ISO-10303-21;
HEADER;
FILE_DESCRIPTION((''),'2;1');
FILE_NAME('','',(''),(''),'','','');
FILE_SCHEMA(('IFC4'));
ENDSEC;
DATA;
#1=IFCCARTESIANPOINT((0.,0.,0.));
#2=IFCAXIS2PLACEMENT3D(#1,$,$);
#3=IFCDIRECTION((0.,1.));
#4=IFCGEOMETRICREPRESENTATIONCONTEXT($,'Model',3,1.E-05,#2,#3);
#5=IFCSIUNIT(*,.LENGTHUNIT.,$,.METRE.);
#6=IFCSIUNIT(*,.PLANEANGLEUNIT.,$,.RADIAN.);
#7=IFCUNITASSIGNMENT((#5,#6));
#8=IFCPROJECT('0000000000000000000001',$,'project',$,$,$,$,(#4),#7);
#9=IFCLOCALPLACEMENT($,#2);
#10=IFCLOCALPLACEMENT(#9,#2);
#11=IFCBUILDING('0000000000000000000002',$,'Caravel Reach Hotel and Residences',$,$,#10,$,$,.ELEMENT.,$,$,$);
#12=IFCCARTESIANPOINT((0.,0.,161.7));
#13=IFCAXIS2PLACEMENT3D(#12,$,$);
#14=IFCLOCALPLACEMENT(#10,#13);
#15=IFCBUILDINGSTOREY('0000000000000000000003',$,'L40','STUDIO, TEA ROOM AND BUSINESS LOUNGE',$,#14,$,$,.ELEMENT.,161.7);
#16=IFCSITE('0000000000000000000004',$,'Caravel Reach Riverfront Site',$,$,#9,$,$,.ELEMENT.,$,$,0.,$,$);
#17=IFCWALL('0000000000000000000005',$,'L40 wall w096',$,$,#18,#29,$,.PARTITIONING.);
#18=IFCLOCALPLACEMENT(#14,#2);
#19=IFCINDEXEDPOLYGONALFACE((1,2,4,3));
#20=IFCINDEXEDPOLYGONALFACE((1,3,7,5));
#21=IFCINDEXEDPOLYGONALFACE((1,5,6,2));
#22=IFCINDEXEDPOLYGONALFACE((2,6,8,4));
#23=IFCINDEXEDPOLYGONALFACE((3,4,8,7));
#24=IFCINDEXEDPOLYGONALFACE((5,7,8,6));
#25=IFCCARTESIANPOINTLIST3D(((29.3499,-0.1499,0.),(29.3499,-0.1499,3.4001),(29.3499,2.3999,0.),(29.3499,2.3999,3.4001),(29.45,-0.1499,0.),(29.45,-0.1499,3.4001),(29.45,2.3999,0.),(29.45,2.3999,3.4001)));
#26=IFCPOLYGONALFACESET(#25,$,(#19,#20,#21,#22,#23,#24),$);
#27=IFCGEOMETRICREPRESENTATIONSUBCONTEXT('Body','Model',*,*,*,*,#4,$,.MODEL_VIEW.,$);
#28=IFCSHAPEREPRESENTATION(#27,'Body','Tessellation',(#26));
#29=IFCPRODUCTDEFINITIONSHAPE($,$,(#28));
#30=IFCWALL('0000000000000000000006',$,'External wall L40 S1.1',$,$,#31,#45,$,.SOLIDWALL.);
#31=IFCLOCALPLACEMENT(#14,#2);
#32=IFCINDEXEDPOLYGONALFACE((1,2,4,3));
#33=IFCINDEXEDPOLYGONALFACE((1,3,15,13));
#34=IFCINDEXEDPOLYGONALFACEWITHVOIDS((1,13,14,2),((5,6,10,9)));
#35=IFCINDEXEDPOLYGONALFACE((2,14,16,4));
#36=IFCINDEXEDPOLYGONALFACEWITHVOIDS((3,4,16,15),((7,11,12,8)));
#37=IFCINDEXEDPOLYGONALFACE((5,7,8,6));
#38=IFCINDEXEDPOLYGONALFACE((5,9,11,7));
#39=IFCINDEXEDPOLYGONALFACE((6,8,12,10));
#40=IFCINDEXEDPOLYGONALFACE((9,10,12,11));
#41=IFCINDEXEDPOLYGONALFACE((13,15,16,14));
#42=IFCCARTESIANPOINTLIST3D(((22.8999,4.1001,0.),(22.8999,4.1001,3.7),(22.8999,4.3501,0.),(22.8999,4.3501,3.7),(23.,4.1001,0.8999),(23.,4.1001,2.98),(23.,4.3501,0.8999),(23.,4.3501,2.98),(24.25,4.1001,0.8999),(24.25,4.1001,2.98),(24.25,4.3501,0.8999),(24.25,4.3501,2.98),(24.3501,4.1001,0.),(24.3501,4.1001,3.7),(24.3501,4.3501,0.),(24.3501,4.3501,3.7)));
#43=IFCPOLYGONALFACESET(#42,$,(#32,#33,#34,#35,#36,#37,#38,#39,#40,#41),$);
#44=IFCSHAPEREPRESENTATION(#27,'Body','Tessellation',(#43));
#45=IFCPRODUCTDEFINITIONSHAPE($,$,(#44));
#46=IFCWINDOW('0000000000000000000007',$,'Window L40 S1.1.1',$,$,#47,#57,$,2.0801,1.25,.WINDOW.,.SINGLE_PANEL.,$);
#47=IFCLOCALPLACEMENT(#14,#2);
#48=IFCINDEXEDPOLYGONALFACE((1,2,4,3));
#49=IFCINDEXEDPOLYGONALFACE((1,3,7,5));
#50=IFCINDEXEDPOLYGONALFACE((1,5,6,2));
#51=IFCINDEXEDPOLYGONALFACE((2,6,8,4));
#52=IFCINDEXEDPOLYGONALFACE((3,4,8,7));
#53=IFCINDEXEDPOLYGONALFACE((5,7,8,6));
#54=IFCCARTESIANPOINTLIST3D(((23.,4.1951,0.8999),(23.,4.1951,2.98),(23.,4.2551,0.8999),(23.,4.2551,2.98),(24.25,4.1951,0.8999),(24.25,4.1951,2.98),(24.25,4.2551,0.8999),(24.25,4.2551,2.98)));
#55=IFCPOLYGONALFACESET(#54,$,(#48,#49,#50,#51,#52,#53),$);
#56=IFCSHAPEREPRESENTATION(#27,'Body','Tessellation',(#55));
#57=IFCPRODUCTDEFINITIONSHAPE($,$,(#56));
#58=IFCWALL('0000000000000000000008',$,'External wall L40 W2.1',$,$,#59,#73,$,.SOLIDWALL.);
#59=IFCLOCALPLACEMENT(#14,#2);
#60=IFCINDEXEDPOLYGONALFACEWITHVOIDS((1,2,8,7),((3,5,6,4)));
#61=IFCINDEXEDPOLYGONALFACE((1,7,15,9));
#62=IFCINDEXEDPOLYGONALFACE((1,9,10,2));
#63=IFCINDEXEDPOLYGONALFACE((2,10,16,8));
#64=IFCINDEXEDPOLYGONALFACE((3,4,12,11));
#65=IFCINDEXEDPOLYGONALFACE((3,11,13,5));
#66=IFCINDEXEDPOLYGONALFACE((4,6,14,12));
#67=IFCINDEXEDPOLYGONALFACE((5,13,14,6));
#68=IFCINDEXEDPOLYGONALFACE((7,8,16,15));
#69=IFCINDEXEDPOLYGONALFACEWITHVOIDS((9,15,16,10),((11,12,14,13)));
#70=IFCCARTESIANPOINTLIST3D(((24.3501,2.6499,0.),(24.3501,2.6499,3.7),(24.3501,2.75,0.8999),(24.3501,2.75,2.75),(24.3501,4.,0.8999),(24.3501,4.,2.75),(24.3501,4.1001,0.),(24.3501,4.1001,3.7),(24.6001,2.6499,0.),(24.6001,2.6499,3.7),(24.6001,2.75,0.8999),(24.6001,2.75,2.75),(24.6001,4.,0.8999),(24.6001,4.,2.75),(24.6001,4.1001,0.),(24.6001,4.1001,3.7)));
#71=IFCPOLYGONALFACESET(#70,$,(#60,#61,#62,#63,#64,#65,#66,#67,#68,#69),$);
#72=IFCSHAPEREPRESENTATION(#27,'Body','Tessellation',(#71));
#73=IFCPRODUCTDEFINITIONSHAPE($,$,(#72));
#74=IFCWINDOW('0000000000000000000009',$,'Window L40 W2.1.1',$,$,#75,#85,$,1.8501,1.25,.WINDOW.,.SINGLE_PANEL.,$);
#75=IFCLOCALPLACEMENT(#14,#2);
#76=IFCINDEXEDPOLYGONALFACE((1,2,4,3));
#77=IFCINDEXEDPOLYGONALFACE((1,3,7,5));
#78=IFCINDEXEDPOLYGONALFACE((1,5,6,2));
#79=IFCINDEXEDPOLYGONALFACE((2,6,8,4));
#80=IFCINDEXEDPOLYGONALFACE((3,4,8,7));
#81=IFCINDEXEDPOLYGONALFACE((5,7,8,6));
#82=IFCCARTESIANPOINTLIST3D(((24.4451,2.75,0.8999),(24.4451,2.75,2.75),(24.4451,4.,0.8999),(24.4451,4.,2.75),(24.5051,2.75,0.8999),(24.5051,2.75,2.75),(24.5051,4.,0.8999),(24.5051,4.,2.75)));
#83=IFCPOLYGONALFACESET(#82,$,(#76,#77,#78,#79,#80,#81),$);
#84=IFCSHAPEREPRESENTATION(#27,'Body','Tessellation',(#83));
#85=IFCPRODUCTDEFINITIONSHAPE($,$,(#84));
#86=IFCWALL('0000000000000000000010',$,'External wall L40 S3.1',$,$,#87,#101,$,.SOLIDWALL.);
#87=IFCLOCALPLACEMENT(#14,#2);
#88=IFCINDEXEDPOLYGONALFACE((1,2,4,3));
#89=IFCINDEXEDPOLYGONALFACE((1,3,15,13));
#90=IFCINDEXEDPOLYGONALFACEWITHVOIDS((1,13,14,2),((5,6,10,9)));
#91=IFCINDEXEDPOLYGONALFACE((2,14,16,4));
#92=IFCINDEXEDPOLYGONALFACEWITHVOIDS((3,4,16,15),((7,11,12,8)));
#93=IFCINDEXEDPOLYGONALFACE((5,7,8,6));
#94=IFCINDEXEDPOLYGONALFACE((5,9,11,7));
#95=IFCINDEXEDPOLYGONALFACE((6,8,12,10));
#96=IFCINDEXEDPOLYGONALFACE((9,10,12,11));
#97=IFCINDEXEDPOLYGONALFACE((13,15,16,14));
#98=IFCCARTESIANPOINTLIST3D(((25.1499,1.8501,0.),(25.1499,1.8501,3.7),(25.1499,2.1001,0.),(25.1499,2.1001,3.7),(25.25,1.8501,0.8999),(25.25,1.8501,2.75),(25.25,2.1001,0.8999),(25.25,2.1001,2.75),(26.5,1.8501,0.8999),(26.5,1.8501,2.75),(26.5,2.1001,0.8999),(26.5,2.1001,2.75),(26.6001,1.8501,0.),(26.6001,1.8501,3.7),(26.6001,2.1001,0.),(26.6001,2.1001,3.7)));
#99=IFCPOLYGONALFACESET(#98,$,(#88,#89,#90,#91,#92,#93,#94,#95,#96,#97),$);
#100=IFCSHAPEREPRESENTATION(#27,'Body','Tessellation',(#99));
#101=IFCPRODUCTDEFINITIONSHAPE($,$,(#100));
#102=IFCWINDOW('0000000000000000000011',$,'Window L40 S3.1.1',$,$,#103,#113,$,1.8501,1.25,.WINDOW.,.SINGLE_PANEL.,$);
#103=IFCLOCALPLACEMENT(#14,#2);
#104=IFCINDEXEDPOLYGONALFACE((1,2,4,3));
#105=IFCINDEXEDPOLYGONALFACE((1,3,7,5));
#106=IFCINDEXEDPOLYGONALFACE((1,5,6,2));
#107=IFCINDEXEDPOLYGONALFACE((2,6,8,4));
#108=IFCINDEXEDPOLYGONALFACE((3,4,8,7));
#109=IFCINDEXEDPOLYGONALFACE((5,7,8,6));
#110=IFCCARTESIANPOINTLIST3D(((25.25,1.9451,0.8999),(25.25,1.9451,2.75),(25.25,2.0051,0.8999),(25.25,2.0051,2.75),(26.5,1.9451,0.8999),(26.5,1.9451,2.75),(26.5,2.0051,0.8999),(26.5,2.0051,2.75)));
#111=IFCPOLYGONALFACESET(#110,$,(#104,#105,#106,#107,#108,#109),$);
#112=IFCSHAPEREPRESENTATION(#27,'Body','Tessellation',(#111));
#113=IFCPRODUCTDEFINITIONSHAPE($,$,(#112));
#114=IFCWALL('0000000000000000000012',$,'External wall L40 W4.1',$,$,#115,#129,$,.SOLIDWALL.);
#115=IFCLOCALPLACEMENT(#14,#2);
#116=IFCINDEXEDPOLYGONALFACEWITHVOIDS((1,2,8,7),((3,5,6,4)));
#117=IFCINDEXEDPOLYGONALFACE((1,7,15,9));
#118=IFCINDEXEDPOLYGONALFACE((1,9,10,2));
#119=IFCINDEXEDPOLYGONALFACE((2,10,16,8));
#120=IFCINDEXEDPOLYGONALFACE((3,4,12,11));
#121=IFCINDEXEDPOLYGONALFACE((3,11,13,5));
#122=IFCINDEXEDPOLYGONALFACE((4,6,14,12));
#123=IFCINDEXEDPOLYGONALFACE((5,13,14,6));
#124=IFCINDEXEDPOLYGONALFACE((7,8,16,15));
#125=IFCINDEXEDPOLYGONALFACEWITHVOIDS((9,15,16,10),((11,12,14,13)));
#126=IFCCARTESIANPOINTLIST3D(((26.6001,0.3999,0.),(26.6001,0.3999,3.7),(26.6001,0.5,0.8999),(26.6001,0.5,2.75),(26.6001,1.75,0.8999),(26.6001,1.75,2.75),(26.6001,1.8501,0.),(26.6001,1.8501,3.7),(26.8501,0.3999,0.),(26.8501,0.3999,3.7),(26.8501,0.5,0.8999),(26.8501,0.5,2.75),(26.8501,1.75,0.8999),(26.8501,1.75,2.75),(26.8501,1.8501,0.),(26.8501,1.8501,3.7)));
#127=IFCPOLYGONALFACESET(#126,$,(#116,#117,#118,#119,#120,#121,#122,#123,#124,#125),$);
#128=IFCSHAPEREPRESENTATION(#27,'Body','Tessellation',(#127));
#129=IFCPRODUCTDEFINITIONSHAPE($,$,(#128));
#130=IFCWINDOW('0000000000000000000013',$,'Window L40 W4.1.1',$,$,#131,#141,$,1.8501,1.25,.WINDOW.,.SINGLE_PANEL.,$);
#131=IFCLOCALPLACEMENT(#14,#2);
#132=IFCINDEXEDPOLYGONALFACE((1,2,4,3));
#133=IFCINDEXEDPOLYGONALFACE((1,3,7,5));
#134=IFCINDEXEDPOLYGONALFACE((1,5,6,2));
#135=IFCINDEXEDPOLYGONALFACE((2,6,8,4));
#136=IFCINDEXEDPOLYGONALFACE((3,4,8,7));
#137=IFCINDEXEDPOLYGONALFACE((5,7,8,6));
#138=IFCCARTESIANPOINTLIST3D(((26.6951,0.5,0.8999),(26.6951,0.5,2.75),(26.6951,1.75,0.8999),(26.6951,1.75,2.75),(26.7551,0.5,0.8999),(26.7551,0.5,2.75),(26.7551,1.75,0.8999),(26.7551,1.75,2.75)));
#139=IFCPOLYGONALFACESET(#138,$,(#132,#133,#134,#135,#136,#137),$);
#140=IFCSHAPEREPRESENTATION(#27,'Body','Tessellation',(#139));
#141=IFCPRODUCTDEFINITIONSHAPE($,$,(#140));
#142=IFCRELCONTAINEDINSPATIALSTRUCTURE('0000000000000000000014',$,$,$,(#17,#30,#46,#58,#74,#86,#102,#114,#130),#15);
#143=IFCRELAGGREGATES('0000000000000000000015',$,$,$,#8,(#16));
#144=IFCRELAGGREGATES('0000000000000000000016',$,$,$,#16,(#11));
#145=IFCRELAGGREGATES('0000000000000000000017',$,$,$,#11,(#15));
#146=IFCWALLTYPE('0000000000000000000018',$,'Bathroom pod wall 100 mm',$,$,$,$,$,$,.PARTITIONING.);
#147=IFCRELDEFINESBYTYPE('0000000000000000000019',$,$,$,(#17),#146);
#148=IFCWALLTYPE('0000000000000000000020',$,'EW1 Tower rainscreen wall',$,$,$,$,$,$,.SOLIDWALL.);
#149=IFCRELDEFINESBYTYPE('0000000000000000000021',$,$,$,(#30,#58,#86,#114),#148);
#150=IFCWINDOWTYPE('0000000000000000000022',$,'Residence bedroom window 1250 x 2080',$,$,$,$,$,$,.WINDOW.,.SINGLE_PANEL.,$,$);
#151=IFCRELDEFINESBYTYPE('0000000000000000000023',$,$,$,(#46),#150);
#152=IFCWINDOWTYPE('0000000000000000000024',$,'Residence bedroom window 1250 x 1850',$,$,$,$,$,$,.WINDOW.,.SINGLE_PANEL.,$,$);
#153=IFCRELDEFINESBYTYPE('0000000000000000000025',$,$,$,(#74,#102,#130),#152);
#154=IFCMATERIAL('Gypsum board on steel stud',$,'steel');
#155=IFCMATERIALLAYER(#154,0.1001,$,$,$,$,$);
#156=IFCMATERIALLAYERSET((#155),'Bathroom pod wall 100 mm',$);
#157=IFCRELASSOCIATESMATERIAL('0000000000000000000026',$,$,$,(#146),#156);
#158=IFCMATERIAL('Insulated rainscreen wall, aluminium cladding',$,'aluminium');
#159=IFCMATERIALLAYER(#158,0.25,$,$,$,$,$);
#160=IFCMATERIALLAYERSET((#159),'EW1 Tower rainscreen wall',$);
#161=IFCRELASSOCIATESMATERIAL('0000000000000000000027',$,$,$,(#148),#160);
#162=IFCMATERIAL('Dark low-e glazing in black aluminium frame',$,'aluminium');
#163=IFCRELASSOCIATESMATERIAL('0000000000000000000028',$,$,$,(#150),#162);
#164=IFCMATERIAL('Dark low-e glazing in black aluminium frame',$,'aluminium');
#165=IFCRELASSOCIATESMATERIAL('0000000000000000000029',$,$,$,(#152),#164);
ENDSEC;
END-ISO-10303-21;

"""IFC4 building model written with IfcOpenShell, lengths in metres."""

from ifc_helpers import new_model, si_unit, direction, frame, frame_2d, origin, place, context, subcontext, project, spatial, rectangle, extrude, material, layer, layer_set, type_object, element, fill, save


model = new_model("IFC4")

# Units and contexts
model_context = context("Model", 3, precision=1e-05, world=origin(), true_north=direction((0.0, 1.0)))
body_context = subcontext(model_context, "Body", "Model", "MODEL_VIEW")
ifc_project = project(units=[si_unit("LENGTHUNIT", "METRE"), si_unit("PLANEANGLEUNIT", "RADIAN")], contexts=[model_context])

# Site, building, storey
site_placement = place(None, origin())
site = spatial("IfcSite", under=ifc_project, at=site_placement, Name="Caravel Reach Riverfront Site", CompositionType="ELEMENT", RefElevation=0.0)
building_placement = place(site_placement, origin())
building = spatial("IfcBuilding", under=site, at=building_placement, Name="Caravel Reach Hotel and Residences", CompositionType="ELEMENT")
storey_placement = place(building_placement, frame((0.0, 0.0, 161.7)))
storey = spatial("IfcBuildingStorey", under=building, at=storey_placement, Name="L40", Description="STUDIO, TEA ROOM AND BUSINESS LOUNGE", CompositionType="ELEMENT", Elevation=161.7)

# Shared definitions
ifc_material_1 = material(Name="Gypsum board on steel stud", Category="steel")
ifc_layer_1 = layer(ifc_material_1, 0.1001)
ifc_layer_set_1 = layer_set([ifc_layer_1], Name="Bathroom pod wall 100 mm")
wall_type_1 = type_object("IfcWallType", Name="Bathroom pod wall 100 mm", PredefinedType="PARTITIONING", material=ifc_layer_set_1)

# Wall
wall_1_placement = place(storey_placement, frame((29.3999, -0.1499, 0.0), z_axis=(0.0, 0.0, 1.0), x_axis=(0.0, 1.0, 0.0)))
element("IfcWall", 1, at=wall_1_placement, inside=storey, type_object=wall_type_1, Name="L40 wall w096", PredefinedType="PARTITIONING", context=body_context, shape_type="SweptSolid", body=[
    extrude(rectangle(XDim=2.5498, YDim=0.1001, at=frame_2d((1.2749, 0.0))), origin(), (0.0, 0.0, 1.0), 3.4001),
])

# Walls, openings, windows
ifc_material_2 = material(Name="Insulated rainscreen wall, aluminium cladding", Category="aluminium")
ifc_layer_2 = layer(ifc_material_2, 0.25)
ifc_layer_set_2 = layer_set([ifc_layer_2], Name="EW1 Tower rainscreen wall")
wall_type_2 = type_object("IfcWallType", Name="EW1 Tower rainscreen wall", PredefinedType="SOLIDWALL", material=ifc_layer_set_2)
wall_2_placement = place(storey_placement, frame((22.8999, 4.2251, 0.0), z_axis=(0.0, 0.0, 1.0), x_axis=(1.0, 0.0, 0.0)))
wall_2 = element("IfcWall", 2, at=wall_2_placement, inside=storey, type_object=wall_type_2, Name="External wall L40 S1.1", PredefinedType="SOLIDWALL", context=body_context, shape_type="SweptSolid", body=[
    extrude(rectangle(XDim=1.4502, YDim=0.25, at=frame_2d((0.7251, 0.0))), origin(), (0.0, 0.0, 1.0), 3.7),
])
opening_1_placement = place(wall_2_placement, frame((0.1001, 0.0, 0.8999)))
opening_1 = element("IfcOpeningElement", 3, at=opening_1_placement, cuts=wall_2, PredefinedType="OPENING", context=body_context, shape_type="SweptSolid", body=[
    extrude(rectangle(XDim=1.25, YDim=2.0801, at=frame_2d((0.625, 1.04))), frame((0.0, 0.135, 0.0), z_axis=(0.0, -1.0, 0.0), x_axis=(1.0, 0.0, 0.0)), (0.0, 0.0, 1.0), 0.27),
])
ifc_material_3 = material(Name="Dark low-e glazing in black aluminium frame", Category="aluminium")
window_type_1 = type_object("IfcWindowType", Name="Residence bedroom window 1250 x 2080", PartitioningType="SINGLE_PANEL", PredefinedType="WINDOW", material=ifc_material_3)
window_1_placement = place(opening_1_placement, origin())
window_1 = element("IfcWindow", 4, at=window_1_placement, inside=storey, type_object=window_type_1, Name="Window L40 S1.1.1", OverallHeight=2.0801, OverallWidth=1.25, PartitioningType="SINGLE_PANEL", PredefinedType="WINDOW", context=body_context, shape_type="SweptSolid", body=[
    extrude(rectangle(XDim=1.25, YDim=2.0801, at=frame_2d((0.625, 1.04))), frame((0.0, 0.03, 0.0), z_axis=(0.0, -1.0, 0.0), x_axis=(1.0, 0.0, 0.0)), (0.0, 0.0, 1.0), 0.0601),
])
fill(opening_1, window_1)
wall_3_placement = place(storey_placement, frame((24.4751, 4.1001, 0.0), z_axis=(0.0, 0.0, 1.0), x_axis=(0.0, -1.0, 0.0)))
wall_3 = element("IfcWall", 5, at=wall_3_placement, inside=storey, type_object=wall_type_2, Name="External wall L40 W2.1", PredefinedType="SOLIDWALL", context=body_context, shape_type="SweptSolid", body=[
    extrude(rectangle(XDim=1.4502, YDim=0.25, at=frame_2d((0.7251, 0.0))), origin(), (0.0, 0.0, 1.0), 3.7),
])
opening_2_placement = place(wall_3_placement, frame((0.1001, 0.0, 0.8999)))
opening_2 = element("IfcOpeningElement", 6, at=opening_2_placement, cuts=wall_3, PredefinedType="OPENING", context=body_context, shape_type="SweptSolid", body=[
    extrude(rectangle(XDim=1.25, YDim=1.8501, at=frame_2d((0.625, 0.925))), frame((0.0, 0.135, 0.0), z_axis=(0.0, -1.0, 0.0), x_axis=(1.0, 0.0, 0.0)), (0.0, 0.0, 1.0), 0.27),
])
ifc_material_4 = material(Name="Dark low-e glazing in black aluminium frame", Category="aluminium")
window_type_2 = type_object("IfcWindowType", Name="Residence bedroom window 1250 x 1850", PartitioningType="SINGLE_PANEL", PredefinedType="WINDOW", material=ifc_material_4)
window_2_placement = place(opening_2_placement, origin())
window_2 = element("IfcWindow", 7, at=window_2_placement, inside=storey, type_object=window_type_2, Name="Window L40 W2.1.1", OverallHeight=1.8501, OverallWidth=1.25, PartitioningType="SINGLE_PANEL", PredefinedType="WINDOW", context=body_context, shape_type="SweptSolid", body=[
    extrude(rectangle(XDim=1.25, YDim=1.8501, at=frame_2d((0.625, 0.925))), frame((0.0, 0.03, 0.0), z_axis=(0.0, -1.0, 0.0), x_axis=(1.0, 0.0, 0.0)), (0.0, 0.0, 1.0), 0.0601),
])
fill(opening_2, window_2)
wall_4_placement = place(storey_placement, frame((25.1499, 1.9751, 0.0), z_axis=(0.0, 0.0, 1.0), x_axis=(1.0, 0.0, 0.0)))
wall_4 = element("IfcWall", 8, at=wall_4_placement, inside=storey, type_object=wall_type_2, Name="External wall L40 S3.1", PredefinedType="SOLIDWALL", context=body_context, shape_type="SweptSolid", body=[
    extrude(rectangle(XDim=1.4502, YDim=0.25, at=frame_2d((0.7251, 0.0))), origin(), (0.0, 0.0, 1.0), 3.7),
])
opening_3_placement = place(wall_4_placement, frame((0.1001, 0.0, 0.8999)))
opening_3 = element("IfcOpeningElement", 9, at=opening_3_placement, cuts=wall_4, PredefinedType="OPENING", context=body_context, shape_type="SweptSolid", body=[
    extrude(rectangle(XDim=1.25, YDim=1.8501, at=frame_2d((0.625, 0.925))), frame((0.0, 0.135, 0.0), z_axis=(0.0, -1.0, 0.0), x_axis=(1.0, 0.0, 0.0)), (0.0, 0.0, 1.0), 0.27),
])
window_3_placement = place(opening_3_placement, origin())
window_3 = element("IfcWindow", 10, at=window_3_placement, inside=storey, type_object=window_type_2, Name="Window L40 S3.1.1", OverallHeight=1.8501, OverallWidth=1.25, PartitioningType="SINGLE_PANEL", PredefinedType="WINDOW", context=body_context, shape_type="SweptSolid", body=[
    extrude(rectangle(XDim=1.25, YDim=1.8501, at=frame_2d((0.625, 0.925))), frame((0.0, 0.03, 0.0), z_axis=(0.0, -1.0, 0.0), x_axis=(1.0, 0.0, 0.0)), (0.0, 0.0, 1.0), 0.0601),
])
fill(opening_3, window_3)
wall_5_placement = place(storey_placement, frame((26.7251, 1.8501, 0.0), z_axis=(0.0, 0.0, 1.0), x_axis=(0.0, -1.0, 0.0)))
wall_5 = element("IfcWall", 11, at=wall_5_placement, inside=storey, type_object=wall_type_2, Name="External wall L40 W4.1", PredefinedType="SOLIDWALL", context=body_context, shape_type="SweptSolid", body=[
    extrude(rectangle(XDim=1.4502, YDim=0.25, at=frame_2d((0.7251, 0.0))), origin(), (0.0, 0.0, 1.0), 3.7),
])
opening_4_placement = place(wall_5_placement, frame((0.1001, 0.0, 0.8999)))
opening_4 = element("IfcOpeningElement", 12, at=opening_4_placement, cuts=wall_5, PredefinedType="OPENING", context=body_context, shape_type="SweptSolid", body=[
    extrude(rectangle(XDim=1.25, YDim=1.8501, at=frame_2d((0.625, 0.925))), frame((0.0, 0.135, 0.0), z_axis=(0.0, -1.0, 0.0), x_axis=(1.0, 0.0, 0.0)), (0.0, 0.0, 1.0), 0.27),
])
window_4_placement = place(opening_4_placement, origin())
window_4 = element("IfcWindow", 13, at=window_4_placement, inside=storey, type_object=window_type_2, Name="Window L40 W4.1.1", OverallHeight=1.8501, OverallWidth=1.25, PartitioningType="SINGLE_PANEL", PredefinedType="WINDOW", context=body_context, shape_type="SweptSolid", body=[
    extrude(rectangle(XDim=1.25, YDim=1.8501, at=frame_2d((0.625, 0.925))), frame((0.0, 0.03, 0.0), z_axis=(0.0, -1.0, 0.0), x_axis=(1.0, 0.0, 0.0)), (0.0, 0.0, 1.0), 0.0601),
])
fill(opening_4, window_4)

save(model, "model.ifc")
